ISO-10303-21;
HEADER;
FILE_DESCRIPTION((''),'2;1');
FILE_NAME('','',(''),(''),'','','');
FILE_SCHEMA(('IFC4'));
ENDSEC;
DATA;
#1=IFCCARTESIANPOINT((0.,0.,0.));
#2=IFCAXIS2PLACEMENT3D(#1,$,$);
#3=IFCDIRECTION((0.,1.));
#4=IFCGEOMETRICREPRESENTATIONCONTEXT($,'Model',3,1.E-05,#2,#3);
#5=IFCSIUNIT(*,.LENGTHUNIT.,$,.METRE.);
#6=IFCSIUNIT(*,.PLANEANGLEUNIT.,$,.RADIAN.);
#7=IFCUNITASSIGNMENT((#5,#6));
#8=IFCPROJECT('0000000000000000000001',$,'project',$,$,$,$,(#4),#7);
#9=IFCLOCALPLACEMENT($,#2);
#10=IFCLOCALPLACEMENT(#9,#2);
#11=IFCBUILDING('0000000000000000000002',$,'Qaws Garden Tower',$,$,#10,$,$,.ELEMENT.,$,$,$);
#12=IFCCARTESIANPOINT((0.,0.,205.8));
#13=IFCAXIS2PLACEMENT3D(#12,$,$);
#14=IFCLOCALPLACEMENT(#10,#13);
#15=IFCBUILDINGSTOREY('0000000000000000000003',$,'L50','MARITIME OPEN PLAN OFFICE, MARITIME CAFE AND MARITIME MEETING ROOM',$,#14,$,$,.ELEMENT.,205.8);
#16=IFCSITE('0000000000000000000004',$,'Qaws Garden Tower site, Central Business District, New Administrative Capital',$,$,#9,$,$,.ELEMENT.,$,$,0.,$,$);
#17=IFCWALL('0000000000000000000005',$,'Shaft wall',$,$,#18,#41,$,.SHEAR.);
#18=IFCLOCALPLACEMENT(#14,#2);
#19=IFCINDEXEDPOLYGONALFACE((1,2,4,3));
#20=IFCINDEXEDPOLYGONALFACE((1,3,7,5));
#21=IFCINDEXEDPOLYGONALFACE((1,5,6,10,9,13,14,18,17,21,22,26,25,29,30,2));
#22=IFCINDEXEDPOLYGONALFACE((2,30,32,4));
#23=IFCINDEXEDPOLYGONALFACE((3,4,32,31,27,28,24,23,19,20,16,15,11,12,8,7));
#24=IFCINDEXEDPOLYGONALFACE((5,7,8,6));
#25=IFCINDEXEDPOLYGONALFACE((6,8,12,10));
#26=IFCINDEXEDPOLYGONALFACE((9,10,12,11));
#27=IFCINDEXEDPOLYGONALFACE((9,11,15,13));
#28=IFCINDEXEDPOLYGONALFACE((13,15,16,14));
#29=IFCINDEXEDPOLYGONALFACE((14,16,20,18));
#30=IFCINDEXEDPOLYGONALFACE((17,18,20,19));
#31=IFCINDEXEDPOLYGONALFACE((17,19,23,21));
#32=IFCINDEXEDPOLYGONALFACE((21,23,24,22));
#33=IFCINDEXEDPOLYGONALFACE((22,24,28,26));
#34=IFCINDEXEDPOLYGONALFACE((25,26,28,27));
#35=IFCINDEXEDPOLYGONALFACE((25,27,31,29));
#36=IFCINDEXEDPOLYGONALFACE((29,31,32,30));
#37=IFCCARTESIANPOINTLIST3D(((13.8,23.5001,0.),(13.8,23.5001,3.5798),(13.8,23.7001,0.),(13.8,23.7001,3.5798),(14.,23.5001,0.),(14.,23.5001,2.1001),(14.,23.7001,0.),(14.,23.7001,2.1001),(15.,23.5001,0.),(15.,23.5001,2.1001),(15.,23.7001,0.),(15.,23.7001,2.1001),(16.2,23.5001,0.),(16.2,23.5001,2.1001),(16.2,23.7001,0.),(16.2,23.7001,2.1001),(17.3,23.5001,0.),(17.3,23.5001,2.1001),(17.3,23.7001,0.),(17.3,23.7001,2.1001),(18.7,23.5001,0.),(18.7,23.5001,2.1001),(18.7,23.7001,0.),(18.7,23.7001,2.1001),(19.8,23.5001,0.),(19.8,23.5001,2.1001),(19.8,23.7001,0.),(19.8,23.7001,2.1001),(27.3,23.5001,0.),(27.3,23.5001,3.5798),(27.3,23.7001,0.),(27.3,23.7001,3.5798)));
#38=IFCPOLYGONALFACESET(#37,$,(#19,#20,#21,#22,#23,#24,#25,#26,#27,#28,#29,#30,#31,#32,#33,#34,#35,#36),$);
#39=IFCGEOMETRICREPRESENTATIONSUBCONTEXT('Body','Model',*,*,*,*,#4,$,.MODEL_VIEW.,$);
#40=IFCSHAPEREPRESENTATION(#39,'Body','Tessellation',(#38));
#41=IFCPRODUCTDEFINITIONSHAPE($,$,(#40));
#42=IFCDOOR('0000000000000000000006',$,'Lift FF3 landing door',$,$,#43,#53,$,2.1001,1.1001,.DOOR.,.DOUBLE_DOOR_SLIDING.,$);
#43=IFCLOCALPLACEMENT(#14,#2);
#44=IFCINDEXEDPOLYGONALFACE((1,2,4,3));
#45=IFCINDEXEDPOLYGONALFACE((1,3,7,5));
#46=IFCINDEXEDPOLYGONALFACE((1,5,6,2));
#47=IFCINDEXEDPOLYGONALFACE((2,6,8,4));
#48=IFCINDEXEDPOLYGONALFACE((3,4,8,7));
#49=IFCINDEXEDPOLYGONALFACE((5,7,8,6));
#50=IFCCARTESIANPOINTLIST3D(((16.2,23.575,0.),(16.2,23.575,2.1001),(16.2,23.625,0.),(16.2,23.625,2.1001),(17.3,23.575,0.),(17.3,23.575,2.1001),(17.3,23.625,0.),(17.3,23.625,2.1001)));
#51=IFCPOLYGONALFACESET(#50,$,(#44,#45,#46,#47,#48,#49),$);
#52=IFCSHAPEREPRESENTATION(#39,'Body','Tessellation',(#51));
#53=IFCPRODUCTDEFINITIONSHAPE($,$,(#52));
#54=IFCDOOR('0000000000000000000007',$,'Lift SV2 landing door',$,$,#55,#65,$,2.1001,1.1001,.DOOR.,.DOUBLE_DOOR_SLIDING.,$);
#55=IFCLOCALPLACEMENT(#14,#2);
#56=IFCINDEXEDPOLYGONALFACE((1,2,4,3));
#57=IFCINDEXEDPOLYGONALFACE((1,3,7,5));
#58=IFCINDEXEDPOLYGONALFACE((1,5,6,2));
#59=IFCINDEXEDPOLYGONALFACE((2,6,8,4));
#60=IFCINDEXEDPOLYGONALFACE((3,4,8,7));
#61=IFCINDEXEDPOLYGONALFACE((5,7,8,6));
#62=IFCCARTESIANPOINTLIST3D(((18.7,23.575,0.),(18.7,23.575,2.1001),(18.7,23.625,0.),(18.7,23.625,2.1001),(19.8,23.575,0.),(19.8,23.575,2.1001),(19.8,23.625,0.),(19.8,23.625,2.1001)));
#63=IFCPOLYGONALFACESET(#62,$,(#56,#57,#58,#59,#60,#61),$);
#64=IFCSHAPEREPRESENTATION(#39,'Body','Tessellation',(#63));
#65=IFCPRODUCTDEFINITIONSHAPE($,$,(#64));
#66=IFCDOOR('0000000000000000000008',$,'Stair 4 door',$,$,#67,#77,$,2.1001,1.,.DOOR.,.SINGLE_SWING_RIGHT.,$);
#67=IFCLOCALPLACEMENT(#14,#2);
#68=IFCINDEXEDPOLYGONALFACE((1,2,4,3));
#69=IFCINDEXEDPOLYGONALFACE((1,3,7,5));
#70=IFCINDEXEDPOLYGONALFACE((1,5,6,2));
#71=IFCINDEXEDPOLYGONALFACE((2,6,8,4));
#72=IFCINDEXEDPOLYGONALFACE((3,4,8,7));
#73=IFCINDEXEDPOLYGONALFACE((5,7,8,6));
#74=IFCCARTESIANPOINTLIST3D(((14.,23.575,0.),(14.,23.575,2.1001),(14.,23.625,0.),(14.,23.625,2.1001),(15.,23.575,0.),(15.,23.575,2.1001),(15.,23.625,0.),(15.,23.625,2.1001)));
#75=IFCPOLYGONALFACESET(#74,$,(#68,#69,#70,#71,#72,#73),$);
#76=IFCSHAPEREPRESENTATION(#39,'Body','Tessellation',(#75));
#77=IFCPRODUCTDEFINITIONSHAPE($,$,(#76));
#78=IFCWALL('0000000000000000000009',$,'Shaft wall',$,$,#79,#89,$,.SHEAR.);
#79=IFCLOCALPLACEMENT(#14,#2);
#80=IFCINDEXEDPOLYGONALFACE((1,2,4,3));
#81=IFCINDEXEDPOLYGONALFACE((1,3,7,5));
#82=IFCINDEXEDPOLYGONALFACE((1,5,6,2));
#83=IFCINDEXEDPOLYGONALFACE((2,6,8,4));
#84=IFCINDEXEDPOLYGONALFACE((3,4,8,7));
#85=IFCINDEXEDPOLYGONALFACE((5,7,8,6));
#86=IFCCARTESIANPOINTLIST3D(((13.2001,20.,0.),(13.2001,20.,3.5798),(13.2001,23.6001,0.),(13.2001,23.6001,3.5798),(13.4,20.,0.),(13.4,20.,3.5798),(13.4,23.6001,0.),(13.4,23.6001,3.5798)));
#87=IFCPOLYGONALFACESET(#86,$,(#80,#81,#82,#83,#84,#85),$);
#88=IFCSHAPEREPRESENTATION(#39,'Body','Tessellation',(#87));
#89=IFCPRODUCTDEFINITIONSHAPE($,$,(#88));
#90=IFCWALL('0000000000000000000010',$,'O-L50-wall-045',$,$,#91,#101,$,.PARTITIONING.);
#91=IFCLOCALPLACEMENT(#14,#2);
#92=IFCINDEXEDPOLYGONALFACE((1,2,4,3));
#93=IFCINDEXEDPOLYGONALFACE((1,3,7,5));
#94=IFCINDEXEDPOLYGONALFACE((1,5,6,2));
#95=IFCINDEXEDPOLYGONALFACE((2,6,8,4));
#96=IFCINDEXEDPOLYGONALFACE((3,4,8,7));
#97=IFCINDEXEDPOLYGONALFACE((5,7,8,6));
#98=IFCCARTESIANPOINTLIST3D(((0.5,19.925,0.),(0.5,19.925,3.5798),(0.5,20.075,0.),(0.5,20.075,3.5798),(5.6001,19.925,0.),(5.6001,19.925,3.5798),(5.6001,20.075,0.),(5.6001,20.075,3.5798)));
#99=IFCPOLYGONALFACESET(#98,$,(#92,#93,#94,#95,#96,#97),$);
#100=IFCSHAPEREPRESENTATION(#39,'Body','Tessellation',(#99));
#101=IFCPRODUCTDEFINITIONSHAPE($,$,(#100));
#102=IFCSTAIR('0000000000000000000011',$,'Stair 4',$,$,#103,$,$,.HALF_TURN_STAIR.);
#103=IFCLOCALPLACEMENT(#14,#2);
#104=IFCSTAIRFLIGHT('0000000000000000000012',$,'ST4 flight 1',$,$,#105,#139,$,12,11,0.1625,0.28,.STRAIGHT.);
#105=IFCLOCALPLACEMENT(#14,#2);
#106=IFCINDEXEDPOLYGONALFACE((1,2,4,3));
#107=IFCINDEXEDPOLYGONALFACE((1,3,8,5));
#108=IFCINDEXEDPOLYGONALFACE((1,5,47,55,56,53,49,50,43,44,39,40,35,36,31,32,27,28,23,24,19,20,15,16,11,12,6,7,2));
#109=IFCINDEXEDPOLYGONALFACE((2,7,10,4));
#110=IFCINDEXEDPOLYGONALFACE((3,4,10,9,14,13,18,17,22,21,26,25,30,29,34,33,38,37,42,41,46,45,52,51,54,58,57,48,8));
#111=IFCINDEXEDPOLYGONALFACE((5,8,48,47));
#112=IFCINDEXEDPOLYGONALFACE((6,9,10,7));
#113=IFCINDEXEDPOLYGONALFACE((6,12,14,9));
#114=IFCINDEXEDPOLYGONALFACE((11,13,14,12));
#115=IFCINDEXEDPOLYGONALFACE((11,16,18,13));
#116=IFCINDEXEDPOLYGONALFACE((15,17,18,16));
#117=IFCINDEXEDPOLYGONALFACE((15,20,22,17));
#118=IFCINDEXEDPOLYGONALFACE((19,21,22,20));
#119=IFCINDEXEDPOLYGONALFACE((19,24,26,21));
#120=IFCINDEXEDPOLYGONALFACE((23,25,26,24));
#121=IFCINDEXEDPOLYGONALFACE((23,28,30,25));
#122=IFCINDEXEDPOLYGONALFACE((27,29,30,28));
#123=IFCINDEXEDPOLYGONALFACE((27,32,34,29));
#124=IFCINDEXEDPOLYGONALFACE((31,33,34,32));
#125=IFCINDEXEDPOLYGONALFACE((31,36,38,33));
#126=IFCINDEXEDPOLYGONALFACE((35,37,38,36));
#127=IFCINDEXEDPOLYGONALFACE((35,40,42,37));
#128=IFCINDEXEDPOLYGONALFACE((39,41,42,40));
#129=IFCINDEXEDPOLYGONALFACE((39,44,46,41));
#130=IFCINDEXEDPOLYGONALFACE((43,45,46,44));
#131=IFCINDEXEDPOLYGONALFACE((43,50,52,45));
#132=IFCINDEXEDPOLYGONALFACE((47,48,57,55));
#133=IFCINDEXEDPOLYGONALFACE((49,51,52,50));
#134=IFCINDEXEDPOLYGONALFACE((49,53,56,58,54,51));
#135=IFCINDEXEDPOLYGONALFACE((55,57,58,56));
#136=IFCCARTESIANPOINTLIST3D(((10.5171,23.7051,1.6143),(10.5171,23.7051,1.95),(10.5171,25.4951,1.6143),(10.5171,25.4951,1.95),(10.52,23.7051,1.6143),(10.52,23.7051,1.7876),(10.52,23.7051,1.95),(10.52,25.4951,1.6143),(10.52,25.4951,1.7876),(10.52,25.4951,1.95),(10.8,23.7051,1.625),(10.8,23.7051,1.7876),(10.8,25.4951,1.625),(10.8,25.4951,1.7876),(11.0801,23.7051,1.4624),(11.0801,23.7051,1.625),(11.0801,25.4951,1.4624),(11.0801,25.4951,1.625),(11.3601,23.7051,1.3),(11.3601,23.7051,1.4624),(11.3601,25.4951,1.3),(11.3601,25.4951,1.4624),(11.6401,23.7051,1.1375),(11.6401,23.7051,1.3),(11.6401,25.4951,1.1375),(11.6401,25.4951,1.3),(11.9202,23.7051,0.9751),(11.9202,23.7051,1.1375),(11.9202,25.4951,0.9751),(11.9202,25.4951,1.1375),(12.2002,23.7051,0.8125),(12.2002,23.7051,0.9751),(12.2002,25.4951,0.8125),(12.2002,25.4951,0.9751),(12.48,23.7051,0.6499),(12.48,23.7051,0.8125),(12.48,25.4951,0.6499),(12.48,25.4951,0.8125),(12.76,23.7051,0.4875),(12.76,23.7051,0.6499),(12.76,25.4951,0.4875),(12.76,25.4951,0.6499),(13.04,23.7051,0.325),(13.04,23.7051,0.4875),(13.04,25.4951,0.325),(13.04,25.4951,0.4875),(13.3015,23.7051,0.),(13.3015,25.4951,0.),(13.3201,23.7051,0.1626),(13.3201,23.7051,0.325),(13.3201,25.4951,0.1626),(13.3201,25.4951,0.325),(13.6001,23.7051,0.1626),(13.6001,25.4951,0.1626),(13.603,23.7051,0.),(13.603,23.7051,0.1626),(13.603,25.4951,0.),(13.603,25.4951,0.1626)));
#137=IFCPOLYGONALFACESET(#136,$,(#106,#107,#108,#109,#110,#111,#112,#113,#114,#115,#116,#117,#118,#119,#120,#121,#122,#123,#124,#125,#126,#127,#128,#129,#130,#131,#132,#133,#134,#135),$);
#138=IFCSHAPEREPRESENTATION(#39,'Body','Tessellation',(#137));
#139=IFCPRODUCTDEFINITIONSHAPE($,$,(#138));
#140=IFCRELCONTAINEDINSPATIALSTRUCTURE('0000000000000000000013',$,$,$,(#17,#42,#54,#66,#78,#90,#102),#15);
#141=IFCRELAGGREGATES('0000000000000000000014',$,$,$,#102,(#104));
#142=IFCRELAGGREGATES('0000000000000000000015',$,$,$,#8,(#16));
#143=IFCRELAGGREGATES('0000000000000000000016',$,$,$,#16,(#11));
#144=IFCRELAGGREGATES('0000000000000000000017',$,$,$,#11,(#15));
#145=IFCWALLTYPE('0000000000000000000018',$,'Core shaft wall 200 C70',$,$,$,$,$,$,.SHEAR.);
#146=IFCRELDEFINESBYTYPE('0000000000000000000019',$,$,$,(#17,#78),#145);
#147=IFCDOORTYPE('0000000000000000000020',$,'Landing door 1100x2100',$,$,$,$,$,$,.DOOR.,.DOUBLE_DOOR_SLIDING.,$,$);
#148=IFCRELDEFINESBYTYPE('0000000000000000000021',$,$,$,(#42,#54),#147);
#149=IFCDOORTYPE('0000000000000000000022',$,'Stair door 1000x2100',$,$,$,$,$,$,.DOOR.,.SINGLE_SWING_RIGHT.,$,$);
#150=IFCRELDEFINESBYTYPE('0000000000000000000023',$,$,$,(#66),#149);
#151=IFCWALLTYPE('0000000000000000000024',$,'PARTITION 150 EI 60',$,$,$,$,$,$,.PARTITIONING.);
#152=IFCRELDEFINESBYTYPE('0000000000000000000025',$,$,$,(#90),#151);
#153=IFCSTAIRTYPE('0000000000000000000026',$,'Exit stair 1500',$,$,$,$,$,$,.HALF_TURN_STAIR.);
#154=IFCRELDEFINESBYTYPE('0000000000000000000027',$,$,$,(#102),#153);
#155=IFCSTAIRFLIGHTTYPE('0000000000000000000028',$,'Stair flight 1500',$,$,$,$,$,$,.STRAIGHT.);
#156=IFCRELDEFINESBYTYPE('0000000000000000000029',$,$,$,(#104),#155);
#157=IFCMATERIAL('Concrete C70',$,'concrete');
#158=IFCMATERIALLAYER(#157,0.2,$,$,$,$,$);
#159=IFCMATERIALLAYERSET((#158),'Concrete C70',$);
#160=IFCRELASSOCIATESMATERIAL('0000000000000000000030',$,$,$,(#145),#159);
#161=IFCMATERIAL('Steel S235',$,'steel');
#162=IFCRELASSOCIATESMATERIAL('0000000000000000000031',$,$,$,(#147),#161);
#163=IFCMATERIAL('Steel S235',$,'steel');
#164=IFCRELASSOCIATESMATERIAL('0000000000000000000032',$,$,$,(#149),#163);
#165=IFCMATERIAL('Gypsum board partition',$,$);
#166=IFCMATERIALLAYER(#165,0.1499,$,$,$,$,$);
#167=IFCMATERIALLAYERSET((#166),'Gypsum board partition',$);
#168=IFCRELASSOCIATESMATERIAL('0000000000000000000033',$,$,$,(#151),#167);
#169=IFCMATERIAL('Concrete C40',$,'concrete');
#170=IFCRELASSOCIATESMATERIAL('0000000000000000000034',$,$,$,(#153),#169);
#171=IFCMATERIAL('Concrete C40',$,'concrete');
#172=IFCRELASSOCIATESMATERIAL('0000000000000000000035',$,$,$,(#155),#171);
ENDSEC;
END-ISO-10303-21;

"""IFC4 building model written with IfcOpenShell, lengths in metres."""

from ifc_helpers import new_model, si_unit, direction, frame, frame_2d, origin, place, context, subcontext, project, spatial, polyline, rectangle, outline, extrude, material, layer, layer_set, type_object, element, fill, aggregate, save


model = new_model("IFC4")

# Units and contexts
model_context = context("Model", 3, precision=1e-05, world=origin(), true_north=direction((0.0, 1.0)))
body_context = subcontext(model_context, "Body", "Model", "MODEL_VIEW")
ifc_project = project(units=[si_unit("LENGTHUNIT", "METRE"), si_unit("PLANEANGLEUNIT", "RADIAN")], contexts=[model_context])

# Site, building, storey
site_placement = place(None, origin())
site = spatial("IfcSite", under=ifc_project, at=site_placement, Name="Qaws Garden Tower site, Central Business District, New Administrative Capital", CompositionType="ELEMENT", RefElevation=0.0)
building_placement = place(site_placement, origin())
building = spatial("IfcBuilding", under=site, at=building_placement, Name="Qaws Garden Tower", CompositionType="ELEMENT")
storey_placement = place(building_placement, frame((0.0, 0.0, 205.8)))
storey = spatial("IfcBuildingStorey", under=building, at=storey_placement, Name="L50", Description="MARITIME OPEN PLAN OFFICE, MARITIME CAFE AND MARITIME MEETING ROOM", CompositionType="ELEMENT", Elevation=205.8)

# Shared definitions
ifc_material_1 = material(Name="Concrete C70", Category="concrete")
ifc_layer_1 = layer(ifc_material_1, 0.2)
ifc_layer_set_1 = layer_set([ifc_layer_1], Name="Concrete C70")
wall_type_1 = type_object("IfcWallType", Name="Core shaft wall 200 C70", PredefinedType="SHEAR", material=ifc_layer_set_1)

# Wall, openings, doors
wall_1_placement = place(storey_placement, frame((13.8, 23.6001, 0.0), z_axis=(0.0, 0.0, 1.0), x_axis=(1.0, 0.0, 0.0)))
wall_1 = element("IfcWall", 1, at=wall_1_placement, inside=storey, type_object=wall_type_1, Name="Shaft wall", PredefinedType="SHEAR", context=body_context, shape_type="SweptSolid", body=[
    extrude(rectangle(XDim=13.5, YDim=0.2, at=frame_2d((6.75, 0.0))), origin(), (0.0, 0.0, 1.0), 3.5798),
])
opening_1_placement = place(wall_1_placement, frame((2.3999, 0.0, 0.0)))
opening_1 = element("IfcOpeningElement", 2, at=opening_1_placement, cuts=wall_1, PredefinedType="OPENING", context=body_context, shape_type="SweptSolid", body=[
    extrude(rectangle(XDim=1.1001, YDim=2.1001, at=frame_2d((0.55, 1.05))), frame((0.0, 0.1099, 0.0), z_axis=(0.0, -1.0, 0.0), x_axis=(1.0, 0.0, 0.0)), (0.0, 0.0, 1.0), 0.22),
])
opening_2_placement = place(wall_1_placement, frame((4.8999, 0.0, 0.0)))
opening_2 = element("IfcOpeningElement", 3, at=opening_2_placement, cuts=wall_1, PredefinedType="OPENING", context=body_context, shape_type="SweptSolid", body=[
    extrude(rectangle(XDim=1.1001, YDim=2.1001, at=frame_2d((0.55, 1.05))), frame((0.0, 0.1099, 0.0), z_axis=(0.0, -1.0, 0.0), x_axis=(1.0, 0.0, 0.0)), (0.0, 0.0, 1.0), 0.22),
])
opening_3_placement = place(wall_1_placement, frame((0.2, 0.0, 0.0)))
opening_3 = element("IfcOpeningElement", 4, at=opening_3_placement, cuts=wall_1, PredefinedType="OPENING", context=body_context, shape_type="SweptSolid", body=[
    extrude(rectangle(XDim=1.0, YDim=2.1001, at=frame_2d((0.5, 1.05))), frame((0.0, 0.1099, 0.0), z_axis=(0.0, -1.0, 0.0), x_axis=(1.0, 0.0, 0.0)), (0.0, 0.0, 1.0), 0.22),
])
ifc_material_2 = material(Name="Steel S235", Category="steel")
door_type_1 = type_object("IfcDoorType", Name="Landing door 1100x2100", OperationType="DOUBLE_DOOR_SLIDING", PredefinedType="DOOR", material=ifc_material_2)
door_1_placement = place(opening_1_placement, origin())
door_1 = element("IfcDoor", 5, at=door_1_placement, inside=storey, type_object=door_type_1, Name="Lift FF3 landing door", OperationType="DOUBLE_DOOR_SLIDING", OverallHeight=2.1001, OverallWidth=1.1001, PredefinedType="DOOR", context=body_context, shape_type="SweptSolid", body=[
    extrude(rectangle(XDim=1.1001, YDim=2.1001, at=frame_2d((0.55, 1.05))), frame((0.0, 0.0249, 0.0), z_axis=(0.0, -1.0, 0.0), x_axis=(1.0, 0.0, 0.0)), (0.0, 0.0, 1.0), 0.05),
])
fill(opening_1, door_1)
door_2_placement = place(opening_2_placement, origin())
door_2 = element("IfcDoor", 6, at=door_2_placement, inside=storey, type_object=door_type_1, Name="Lift SV2 landing door", OperationType="DOUBLE_DOOR_SLIDING", OverallHeight=2.1001, OverallWidth=1.1001, PredefinedType="DOOR", context=body_context, shape_type="SweptSolid", body=[
    extrude(rectangle(XDim=1.1001, YDim=2.1001, at=frame_2d((0.55, 1.05))), frame((0.0, 0.0249, 0.0), z_axis=(0.0, -1.0, 0.0), x_axis=(1.0, 0.0, 0.0)), (0.0, 0.0, 1.0), 0.05),
])
fill(opening_2, door_2)
ifc_material_3 = material(Name="Steel S235", Category="steel")
door_type_2 = type_object("IfcDoorType", Name="Stair door 1000x2100", OperationType="SINGLE_SWING_RIGHT", PredefinedType="DOOR", material=ifc_material_3)
door_3_placement = place(opening_3_placement, origin())
door_3 = element("IfcDoor", 7, at=door_3_placement, inside=storey, type_object=door_type_2, Name="Stair 4 door", OperationType="SINGLE_SWING_RIGHT", OverallHeight=2.1001, OverallWidth=1.0, PredefinedType="DOOR", context=body_context, shape_type="SweptSolid", body=[
    extrude(rectangle(XDim=1.0, YDim=2.1001, at=frame_2d((0.5, 1.05))), frame((0.0, 0.0249, 0.0), z_axis=(0.0, -1.0, 0.0), x_axis=(1.0, 0.0, 0.0)), (0.0, 0.0, 1.0), 0.05),
])
fill(opening_3, door_3)

# Walls
wall_2_placement = place(storey_placement, frame((13.3, 20.0, 0.0), z_axis=(0.0, 0.0, 1.0), x_axis=(0.0, 1.0, 0.0)))
element("IfcWall", 8, at=wall_2_placement, inside=storey, type_object=wall_type_1, Name="Shaft wall", PredefinedType="SHEAR", context=body_context, shape_type="SweptSolid", body=[
    extrude(rectangle(XDim=3.6001, YDim=0.2, at=frame_2d((1.8, 0.0))), origin(), (0.0, 0.0, 1.0), 3.5798),
])
ifc_material_4 = material(Name="Gypsum board partition")
ifc_layer_2 = layer(ifc_material_4, 0.1499)
ifc_layer_set_2 = layer_set([ifc_layer_2], Name="Gypsum board partition")
wall_type_2 = type_object("IfcWallType", Name="PARTITION 150 EI 60", PredefinedType="PARTITIONING", material=ifc_layer_set_2)
wall_3_placement = place(storey_placement, frame((0.5, 20.0, 0.0), z_axis=(0.0, 0.0, 1.0), x_axis=(1.0, 0.0, 0.0)))
element("IfcWall", 9, at=wall_3_placement, inside=storey, type_object=wall_type_2, Name="O-L50-wall-045", PredefinedType="PARTITIONING", context=body_context, shape_type="SweptSolid", body=[
    extrude(rectangle(XDim=5.1001, YDim=0.1499, at=frame_2d((2.55, 0.0))), origin(), (0.0, 0.0, 1.0), 3.5798),
])

# Stair, stair flight
ifc_material_5 = material(Name="Concrete C40", Category="concrete")
stair_type = type_object("IfcStairType", Name="Exit stair 1500", PredefinedType="HALF_TURN_STAIR", material=ifc_material_5)
stair_placement = place(storey_placement, origin())
stair = element("IfcStair", 10, at=stair_placement, inside=storey, type_object=stair_type, Name="Stair 4", PredefinedType="HALF_TURN_STAIR")
ifc_material_6 = material(Name="Concrete C40", Category="concrete")
stair_flight_type = type_object("IfcStairFlightType", Name="Stair flight 1500", PredefinedType="STRAIGHT", material=ifc_material_6)
stair_flight_1_placement = place(storey_placement, frame((13.6001, 24.6001, 0.0), z_axis=(0.0, 0.0, 1.0), x_axis=(-1.0, 0.0, 0.0)))
stair_flight_1 = element("IfcStairFlight", 11, at=stair_flight_1_placement, type_object=stair_flight_type, Name="ST4 flight 1", NumberOfRisers=12, NumberOfTreads=11, PredefinedType="STRAIGHT", RiserHeight=0.1625, TreadLength=0.28, context=body_context, shape_type="SweptSolid", body=[
    extrude(outline(polyline([(-0.0029, 0.0), (-0.0029, 0.1626), (0.0, 0.1626), (0.28, 0.1626), (0.28, 0.325), (0.5601, 0.325), (0.5601, 0.4875), (0.8401, 0.4875), (0.8401, 0.6499), (1.1201, 0.6499), (1.1201, 0.8125), (1.3999, 0.8125), (1.3999, 0.9751), (1.6799, 0.9751), (1.6799, 1.1375), (1.96, 1.1375), (1.96, 1.3), (2.24, 1.3), (2.24, 1.4624), (2.52, 1.4624), (2.52, 1.625), (2.8, 1.625), (2.8, 1.7876), (3.0801, 1.7876), (3.0801, 1.95), (3.083, 1.95), (3.083, 1.6143), (3.0801, 1.6143), (0.2986, 0.0), (-0.0029, 0.0)])), frame((0.0, 0.895, 0.0), z_axis=(0.0, -1.0, 0.0), x_axis=(1.0, 0.0, 0.0)), (0.0, 0.0, 1.0), 1.79),
])
aggregate(stair, [stair_flight_1])

save(model, "model.ifc")
